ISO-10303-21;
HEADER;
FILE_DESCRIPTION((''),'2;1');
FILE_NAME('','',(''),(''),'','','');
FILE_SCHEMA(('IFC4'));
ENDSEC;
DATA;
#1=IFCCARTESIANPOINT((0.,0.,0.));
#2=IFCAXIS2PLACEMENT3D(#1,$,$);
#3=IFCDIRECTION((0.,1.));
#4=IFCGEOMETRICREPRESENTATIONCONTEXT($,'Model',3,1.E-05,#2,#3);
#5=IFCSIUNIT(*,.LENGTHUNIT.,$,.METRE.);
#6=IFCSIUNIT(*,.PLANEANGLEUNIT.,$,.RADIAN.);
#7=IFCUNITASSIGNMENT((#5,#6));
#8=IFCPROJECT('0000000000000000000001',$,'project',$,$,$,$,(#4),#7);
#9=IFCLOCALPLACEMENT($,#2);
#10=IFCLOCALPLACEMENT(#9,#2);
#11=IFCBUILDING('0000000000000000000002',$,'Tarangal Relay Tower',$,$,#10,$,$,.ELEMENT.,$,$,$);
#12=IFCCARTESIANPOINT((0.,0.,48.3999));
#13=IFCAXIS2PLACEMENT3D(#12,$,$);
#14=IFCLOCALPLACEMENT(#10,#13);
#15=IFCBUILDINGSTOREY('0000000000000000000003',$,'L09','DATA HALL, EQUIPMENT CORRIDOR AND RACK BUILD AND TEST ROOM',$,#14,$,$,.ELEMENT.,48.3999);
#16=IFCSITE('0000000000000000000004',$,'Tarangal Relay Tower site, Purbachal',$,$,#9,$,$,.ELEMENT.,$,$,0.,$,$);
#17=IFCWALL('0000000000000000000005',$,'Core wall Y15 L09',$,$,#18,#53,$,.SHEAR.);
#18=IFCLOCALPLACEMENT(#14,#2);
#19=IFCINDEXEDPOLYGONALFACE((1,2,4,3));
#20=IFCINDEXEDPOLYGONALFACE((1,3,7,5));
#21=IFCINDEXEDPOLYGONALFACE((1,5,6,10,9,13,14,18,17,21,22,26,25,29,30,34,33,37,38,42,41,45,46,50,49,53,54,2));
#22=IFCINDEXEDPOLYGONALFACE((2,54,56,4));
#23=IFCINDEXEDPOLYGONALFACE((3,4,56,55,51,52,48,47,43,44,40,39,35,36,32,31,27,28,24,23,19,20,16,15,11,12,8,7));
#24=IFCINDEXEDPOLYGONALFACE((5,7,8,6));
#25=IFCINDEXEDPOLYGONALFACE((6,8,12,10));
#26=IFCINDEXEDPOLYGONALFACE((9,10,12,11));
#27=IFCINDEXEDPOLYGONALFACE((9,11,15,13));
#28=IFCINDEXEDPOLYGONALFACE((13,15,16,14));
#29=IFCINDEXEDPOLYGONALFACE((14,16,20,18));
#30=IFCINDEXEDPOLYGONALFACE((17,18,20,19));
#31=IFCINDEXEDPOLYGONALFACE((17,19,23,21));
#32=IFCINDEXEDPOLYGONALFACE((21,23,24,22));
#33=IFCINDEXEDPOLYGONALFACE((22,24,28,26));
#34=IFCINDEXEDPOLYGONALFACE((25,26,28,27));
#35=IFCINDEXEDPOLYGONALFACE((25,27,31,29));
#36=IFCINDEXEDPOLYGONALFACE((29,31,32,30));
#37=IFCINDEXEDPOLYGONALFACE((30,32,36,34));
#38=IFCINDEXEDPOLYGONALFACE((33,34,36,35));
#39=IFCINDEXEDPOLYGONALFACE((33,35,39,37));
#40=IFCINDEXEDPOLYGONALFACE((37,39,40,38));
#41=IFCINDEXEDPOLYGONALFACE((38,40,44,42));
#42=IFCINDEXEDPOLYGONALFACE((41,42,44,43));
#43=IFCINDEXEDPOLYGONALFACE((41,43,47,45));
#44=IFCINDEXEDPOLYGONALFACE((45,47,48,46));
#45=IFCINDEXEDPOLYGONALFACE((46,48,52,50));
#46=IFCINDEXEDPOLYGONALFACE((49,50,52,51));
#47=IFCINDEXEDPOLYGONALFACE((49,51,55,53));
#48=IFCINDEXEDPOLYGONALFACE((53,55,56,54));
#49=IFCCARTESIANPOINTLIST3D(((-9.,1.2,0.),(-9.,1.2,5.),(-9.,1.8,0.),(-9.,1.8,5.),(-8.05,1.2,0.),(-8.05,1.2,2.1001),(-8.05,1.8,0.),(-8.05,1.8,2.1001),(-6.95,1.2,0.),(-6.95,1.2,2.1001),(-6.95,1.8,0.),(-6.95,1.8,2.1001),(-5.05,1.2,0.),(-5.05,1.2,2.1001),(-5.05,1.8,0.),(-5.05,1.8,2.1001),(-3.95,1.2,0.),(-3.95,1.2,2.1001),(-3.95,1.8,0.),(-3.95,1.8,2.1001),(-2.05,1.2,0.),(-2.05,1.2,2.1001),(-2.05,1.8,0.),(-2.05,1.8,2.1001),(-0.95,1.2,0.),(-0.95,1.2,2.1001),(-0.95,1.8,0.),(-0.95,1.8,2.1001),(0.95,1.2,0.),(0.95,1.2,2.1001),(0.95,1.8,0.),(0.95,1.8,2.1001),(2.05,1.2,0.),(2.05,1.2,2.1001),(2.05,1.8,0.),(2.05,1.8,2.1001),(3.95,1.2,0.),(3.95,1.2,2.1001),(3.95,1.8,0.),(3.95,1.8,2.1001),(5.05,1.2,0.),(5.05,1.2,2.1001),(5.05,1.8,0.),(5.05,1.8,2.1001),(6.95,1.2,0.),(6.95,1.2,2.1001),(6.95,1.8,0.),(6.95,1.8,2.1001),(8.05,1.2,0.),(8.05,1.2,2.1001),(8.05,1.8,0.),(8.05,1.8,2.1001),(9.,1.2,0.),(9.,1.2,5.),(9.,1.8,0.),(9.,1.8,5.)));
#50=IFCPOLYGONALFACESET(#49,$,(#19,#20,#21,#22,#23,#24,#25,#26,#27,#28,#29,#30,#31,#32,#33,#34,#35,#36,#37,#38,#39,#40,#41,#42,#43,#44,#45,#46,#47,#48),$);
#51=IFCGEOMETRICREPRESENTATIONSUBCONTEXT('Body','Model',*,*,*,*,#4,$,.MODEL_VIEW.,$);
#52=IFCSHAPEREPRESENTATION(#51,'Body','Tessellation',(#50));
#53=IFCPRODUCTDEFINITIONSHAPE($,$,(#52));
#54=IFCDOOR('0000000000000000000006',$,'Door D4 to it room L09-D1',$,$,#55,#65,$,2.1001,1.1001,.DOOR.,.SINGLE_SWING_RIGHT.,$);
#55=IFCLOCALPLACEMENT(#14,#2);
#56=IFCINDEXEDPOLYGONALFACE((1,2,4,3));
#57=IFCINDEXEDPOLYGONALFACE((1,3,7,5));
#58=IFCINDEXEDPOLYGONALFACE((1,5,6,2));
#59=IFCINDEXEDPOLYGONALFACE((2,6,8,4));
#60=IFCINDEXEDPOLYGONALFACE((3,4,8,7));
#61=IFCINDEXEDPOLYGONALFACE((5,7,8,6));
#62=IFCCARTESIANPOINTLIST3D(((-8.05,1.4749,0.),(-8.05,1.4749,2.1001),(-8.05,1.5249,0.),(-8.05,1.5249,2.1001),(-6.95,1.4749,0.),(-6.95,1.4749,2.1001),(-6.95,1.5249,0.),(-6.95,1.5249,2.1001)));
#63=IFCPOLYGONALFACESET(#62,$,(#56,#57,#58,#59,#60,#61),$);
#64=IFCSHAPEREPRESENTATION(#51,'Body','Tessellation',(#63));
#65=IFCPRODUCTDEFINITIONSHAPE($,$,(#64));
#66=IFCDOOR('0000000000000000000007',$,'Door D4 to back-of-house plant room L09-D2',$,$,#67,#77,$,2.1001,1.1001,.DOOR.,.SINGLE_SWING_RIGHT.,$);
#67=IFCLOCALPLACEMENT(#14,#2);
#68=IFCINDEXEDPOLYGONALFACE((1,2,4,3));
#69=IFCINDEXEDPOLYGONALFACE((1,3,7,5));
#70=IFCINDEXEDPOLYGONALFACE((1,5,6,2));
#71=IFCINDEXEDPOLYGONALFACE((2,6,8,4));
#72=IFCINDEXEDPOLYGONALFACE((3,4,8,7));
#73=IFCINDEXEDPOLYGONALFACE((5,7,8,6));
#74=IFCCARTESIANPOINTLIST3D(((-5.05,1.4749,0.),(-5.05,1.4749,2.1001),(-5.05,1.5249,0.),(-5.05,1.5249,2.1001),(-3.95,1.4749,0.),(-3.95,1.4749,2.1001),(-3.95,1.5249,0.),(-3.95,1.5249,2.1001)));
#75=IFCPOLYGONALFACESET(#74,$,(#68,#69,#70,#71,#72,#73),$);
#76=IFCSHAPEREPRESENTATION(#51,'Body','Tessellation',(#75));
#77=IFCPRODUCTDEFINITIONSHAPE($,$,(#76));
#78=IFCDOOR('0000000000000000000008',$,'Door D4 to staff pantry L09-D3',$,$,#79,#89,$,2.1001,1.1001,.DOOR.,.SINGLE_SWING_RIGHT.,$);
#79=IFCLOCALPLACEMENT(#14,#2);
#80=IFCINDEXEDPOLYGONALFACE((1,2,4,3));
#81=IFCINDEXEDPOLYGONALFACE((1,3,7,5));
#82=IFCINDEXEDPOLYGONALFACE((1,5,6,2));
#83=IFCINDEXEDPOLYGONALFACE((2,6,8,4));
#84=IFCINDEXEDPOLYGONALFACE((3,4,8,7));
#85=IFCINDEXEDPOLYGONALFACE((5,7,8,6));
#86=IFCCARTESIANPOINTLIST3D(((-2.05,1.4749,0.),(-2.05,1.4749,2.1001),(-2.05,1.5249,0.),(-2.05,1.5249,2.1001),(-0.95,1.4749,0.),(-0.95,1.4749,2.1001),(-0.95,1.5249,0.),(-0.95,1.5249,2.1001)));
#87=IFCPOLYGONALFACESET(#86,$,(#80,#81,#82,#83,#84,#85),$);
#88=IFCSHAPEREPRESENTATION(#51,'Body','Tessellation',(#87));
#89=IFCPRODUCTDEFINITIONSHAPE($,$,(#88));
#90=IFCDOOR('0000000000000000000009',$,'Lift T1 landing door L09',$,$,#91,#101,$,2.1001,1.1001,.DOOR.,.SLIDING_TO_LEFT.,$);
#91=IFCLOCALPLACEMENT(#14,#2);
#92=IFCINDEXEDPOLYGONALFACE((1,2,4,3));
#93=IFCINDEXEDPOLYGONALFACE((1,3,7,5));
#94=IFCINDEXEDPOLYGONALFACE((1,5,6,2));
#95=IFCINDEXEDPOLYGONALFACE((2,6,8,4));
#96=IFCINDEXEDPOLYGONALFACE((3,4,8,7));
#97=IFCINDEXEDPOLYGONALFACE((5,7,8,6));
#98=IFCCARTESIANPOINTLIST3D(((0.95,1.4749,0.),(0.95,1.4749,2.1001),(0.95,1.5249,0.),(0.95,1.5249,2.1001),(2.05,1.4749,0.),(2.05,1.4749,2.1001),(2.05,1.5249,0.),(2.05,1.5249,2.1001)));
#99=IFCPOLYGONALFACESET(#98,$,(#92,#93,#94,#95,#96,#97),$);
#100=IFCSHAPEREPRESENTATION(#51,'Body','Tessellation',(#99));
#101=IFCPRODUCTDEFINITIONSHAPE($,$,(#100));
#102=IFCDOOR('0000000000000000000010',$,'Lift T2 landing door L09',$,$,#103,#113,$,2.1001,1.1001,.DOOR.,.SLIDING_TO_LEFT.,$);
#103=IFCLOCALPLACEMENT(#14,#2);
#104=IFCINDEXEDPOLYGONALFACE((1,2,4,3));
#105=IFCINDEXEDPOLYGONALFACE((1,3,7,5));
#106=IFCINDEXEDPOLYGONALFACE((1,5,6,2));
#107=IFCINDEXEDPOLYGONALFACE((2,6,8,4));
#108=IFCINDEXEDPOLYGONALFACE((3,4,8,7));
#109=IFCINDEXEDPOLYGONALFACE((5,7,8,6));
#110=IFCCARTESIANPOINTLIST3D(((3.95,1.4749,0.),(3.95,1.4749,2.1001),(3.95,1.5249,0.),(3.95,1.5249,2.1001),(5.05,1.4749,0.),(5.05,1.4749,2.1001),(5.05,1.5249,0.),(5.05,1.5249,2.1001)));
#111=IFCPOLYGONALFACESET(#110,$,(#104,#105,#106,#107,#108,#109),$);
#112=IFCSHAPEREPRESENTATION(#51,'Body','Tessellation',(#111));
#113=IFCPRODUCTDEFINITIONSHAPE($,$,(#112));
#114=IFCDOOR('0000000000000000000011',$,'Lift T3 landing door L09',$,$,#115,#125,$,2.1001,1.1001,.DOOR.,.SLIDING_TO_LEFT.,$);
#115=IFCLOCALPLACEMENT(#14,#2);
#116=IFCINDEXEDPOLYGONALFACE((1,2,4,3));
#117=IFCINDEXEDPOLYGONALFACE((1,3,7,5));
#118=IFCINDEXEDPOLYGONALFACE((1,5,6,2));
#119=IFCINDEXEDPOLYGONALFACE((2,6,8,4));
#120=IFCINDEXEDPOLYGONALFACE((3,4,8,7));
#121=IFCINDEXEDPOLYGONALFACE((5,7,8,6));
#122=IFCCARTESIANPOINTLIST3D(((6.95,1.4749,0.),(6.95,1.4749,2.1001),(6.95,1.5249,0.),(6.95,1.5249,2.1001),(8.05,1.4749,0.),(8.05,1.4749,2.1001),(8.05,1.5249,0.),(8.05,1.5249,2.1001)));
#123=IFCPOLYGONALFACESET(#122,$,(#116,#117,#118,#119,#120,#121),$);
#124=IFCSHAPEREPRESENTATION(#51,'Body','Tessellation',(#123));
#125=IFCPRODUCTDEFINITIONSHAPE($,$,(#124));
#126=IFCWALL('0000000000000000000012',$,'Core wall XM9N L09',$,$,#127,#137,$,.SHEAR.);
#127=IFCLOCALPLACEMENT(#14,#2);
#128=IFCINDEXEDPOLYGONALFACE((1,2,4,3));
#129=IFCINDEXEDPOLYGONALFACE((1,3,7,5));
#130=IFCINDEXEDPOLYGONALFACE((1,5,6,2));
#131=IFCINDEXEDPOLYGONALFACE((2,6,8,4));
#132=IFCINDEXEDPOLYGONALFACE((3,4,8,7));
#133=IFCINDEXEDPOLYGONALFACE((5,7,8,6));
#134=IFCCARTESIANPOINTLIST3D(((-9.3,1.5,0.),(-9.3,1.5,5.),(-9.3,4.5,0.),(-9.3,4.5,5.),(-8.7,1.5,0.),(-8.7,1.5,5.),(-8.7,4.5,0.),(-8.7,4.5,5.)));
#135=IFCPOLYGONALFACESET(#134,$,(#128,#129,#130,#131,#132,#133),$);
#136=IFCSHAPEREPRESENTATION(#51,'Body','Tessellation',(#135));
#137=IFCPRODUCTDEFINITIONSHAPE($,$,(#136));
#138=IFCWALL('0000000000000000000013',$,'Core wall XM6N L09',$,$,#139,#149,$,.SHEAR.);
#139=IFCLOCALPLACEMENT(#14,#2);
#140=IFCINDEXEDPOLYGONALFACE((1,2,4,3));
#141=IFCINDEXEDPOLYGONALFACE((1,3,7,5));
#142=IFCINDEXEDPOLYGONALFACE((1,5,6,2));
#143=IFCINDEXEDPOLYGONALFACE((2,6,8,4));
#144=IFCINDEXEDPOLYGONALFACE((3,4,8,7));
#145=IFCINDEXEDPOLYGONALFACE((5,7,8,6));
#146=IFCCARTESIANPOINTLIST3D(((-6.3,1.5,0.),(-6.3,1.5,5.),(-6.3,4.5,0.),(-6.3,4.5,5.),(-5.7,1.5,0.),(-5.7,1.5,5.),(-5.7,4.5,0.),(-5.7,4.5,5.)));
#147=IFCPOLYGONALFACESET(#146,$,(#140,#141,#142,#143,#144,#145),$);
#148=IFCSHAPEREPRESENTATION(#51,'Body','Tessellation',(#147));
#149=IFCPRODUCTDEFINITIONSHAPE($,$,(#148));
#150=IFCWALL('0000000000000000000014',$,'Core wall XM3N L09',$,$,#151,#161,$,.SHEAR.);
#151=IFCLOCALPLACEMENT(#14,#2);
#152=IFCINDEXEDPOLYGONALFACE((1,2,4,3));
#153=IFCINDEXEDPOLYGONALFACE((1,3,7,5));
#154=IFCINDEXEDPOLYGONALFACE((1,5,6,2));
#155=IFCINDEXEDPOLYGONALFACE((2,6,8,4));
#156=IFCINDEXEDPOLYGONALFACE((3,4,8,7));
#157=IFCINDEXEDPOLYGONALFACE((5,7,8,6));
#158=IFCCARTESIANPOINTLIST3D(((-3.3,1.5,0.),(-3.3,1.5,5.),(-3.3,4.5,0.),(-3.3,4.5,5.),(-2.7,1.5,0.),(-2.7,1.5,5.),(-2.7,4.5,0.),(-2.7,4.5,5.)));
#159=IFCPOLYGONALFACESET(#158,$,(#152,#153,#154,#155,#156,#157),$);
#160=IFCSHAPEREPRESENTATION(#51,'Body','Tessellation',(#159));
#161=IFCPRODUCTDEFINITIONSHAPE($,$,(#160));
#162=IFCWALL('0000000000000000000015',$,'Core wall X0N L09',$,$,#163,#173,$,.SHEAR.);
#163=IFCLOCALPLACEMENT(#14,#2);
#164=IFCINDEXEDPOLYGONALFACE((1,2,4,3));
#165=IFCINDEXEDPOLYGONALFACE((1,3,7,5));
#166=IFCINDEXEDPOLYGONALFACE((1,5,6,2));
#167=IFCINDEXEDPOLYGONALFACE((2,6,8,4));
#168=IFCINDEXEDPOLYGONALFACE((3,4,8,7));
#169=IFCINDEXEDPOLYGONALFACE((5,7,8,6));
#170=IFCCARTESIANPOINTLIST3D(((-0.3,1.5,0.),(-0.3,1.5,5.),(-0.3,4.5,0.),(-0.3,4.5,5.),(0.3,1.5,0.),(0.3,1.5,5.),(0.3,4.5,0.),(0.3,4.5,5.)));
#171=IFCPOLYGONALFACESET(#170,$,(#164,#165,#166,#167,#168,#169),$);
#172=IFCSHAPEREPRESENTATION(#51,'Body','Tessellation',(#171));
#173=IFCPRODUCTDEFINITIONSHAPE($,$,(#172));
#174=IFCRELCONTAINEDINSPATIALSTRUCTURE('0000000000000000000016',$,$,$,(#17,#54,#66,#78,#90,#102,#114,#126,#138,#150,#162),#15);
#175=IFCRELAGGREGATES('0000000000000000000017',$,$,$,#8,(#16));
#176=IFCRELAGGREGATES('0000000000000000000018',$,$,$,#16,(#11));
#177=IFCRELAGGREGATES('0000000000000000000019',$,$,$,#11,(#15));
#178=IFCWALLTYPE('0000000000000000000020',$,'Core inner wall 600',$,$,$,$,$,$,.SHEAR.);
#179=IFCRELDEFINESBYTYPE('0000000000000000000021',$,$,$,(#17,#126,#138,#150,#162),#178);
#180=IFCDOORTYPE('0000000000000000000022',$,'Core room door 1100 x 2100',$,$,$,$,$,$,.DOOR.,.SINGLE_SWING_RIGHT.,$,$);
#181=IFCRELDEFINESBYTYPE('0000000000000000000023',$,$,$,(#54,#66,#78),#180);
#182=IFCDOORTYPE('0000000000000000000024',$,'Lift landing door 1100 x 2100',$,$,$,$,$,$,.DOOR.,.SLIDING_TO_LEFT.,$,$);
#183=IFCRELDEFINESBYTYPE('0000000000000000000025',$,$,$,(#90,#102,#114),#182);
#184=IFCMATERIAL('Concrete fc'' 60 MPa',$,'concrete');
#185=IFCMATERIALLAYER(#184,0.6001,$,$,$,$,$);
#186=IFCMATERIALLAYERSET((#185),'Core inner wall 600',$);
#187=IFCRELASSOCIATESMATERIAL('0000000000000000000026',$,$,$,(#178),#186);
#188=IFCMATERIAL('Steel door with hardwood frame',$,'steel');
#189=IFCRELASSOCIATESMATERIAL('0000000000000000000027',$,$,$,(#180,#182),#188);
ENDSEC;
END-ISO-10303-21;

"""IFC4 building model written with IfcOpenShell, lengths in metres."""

from ifc_helpers import new_model, si_unit, direction, frame, frame_2d, origin, place, context, subcontext, project, spatial, rectangle, extrude, material, layer, layer_set, type_object, element, fill, save


model = new_model("IFC4")

# Units and contexts
model_context = context("Model", 3, precision=1e-05, world=origin(), true_north=direction((0.0, 1.0)))
body_context = subcontext(model_context, "Body", "Model", "MODEL_VIEW")
ifc_project = project(units=[si_unit("LENGTHUNIT", "METRE"), si_unit("PLANEANGLEUNIT", "RADIAN")], contexts=[model_context])

# Site, building, storey
site_placement = place(None, origin())
site = spatial("IfcSite", under=ifc_project, at=site_placement, Name="Tarangal Relay Tower site, Purbachal", CompositionType="ELEMENT", RefElevation=0.0)
building_placement = place(site_placement, origin())
building = spatial("IfcBuilding", under=site, at=building_placement, Name="Tarangal Relay Tower", CompositionType="ELEMENT")
storey_placement = place(building_placement, frame((0.0, 0.0, 48.3999)))
storey = spatial("IfcBuildingStorey", under=building, at=storey_placement, Name="L09", Description="DATA HALL, EQUIPMENT CORRIDOR AND RACK BUILD AND TEST ROOM", CompositionType="ELEMENT", Elevation=48.3999)

# Wall, openings, doors
ifc_material_1 = material(Name="Concrete fc' 60 MPa", Category="concrete")
ifc_layer_1 = layer(ifc_material_1, 0.6001)
ifc_layer_set_1 = layer_set([ifc_layer_1], Name="Core inner wall 600")
wall_type = type_object("IfcWallType", Name="Core inner wall 600", PredefinedType="SHEAR", material=ifc_layer_set_1)
wall_1_placement = place(storey_placement, frame((-9.0, 1.5, 0.0), z_axis=(0.0, 0.0, 1.0), x_axis=(1.0, 0.0, 0.0)))
wall_1 = element("IfcWall", 1, at=wall_1_placement, inside=storey, type_object=wall_type, Name="Core wall Y15 L09", PredefinedType="SHEAR", context=body_context, shape_type="SweptSolid", body=[
    extrude(rectangle(XDim=18.0, YDim=0.6001, at=frame_2d((9.0, 0.0))), origin(), (0.0, 0.0, 1.0), 5.0),
])
opening_1_placement = place(wall_1_placement, frame((9.95, 0.0, 0.0)))
opening_1 = element("IfcOpeningElement", 2, at=opening_1_placement, cuts=wall_1, PredefinedType="OPENING", context=body_context, shape_type="SweptSolid", body=[
    extrude(rectangle(XDim=1.1001, YDim=2.1001, at=frame_2d((0.55, 1.05))), frame((0.0, 0.3101, 0.0), z_axis=(0.0, -1.0, 0.0), x_axis=(1.0, 0.0, 0.0)), (0.0, 0.0, 1.0), 0.6201),
])
opening_2_placement = place(wall_1_placement, frame((12.95, 0.0, 0.0)))
opening_2 = element("IfcOpeningElement", 3, at=opening_2_placement, cuts=wall_1, PredefinedType="OPENING", context=body_context, shape_type="SweptSolid", body=[
    extrude(rectangle(XDim=1.1001, YDim=2.1001, at=frame_2d((0.55, 1.05))), frame((0.0, 0.3101, 0.0), z_axis=(0.0, -1.0, 0.0), x_axis=(1.0, 0.0, 0.0)), (0.0, 0.0, 1.0), 0.6201),
])
opening_3_placement = place(wall_1_placement, frame((15.95, 0.0, 0.0)))
opening_3 = element("IfcOpeningElement", 4, at=opening_3_placement, cuts=wall_1, PredefinedType="OPENING", context=body_context, shape_type="SweptSolid", body=[
    extrude(rectangle(XDim=1.1001, YDim=2.1001, at=frame_2d((0.55, 1.05))), frame((0.0, 0.3101, 0.0), z_axis=(0.0, -1.0, 0.0), x_axis=(1.0, 0.0, 0.0)), (0.0, 0.0, 1.0), 0.6201),
])
opening_4_placement = place(wall_1_placement, frame((0.95, 0.0, 0.0)))
opening_4 = element("IfcOpeningElement", 5, at=opening_4_placement, cuts=wall_1, PredefinedType="OPENING", context=body_context, shape_type="SweptSolid", body=[
    extrude(rectangle(XDim=1.1001, YDim=2.1001, at=frame_2d((0.55, 1.05))), frame((0.0, 0.3101, 0.0), z_axis=(0.0, -1.0, 0.0), x_axis=(1.0, 0.0, 0.0)), (0.0, 0.0, 1.0), 0.6201),
])
opening_5_placement = place(wall_1_placement, frame((3.95, 0.0, 0.0)))
opening_5 = element("IfcOpeningElement", 6, at=opening_5_placement, cuts=wall_1, PredefinedType="OPENING", context=body_context, shape_type="SweptSolid", body=[
    extrude(rectangle(XDim=1.1001, YDim=2.1001, at=frame_2d((0.55, 1.05))), frame((0.0, 0.3101, 0.0), z_axis=(0.0, -1.0, 0.0), x_axis=(1.0, 0.0, 0.0)), (0.0, 0.0, 1.0), 0.6201),
])
opening_6_placement = place(wall_1_placement, frame((6.95, 0.0, 0.0)))
opening_6 = element("IfcOpeningElement", 7, at=opening_6_placement, cuts=wall_1, PredefinedType="OPENING", context=body_context, shape_type="SweptSolid", body=[
    extrude(rectangle(XDim=1.1001, YDim=2.1001, at=frame_2d((0.55, 1.05))), frame((0.0, 0.3101, 0.0), z_axis=(0.0, -1.0, 0.0), x_axis=(1.0, 0.0, 0.0)), (0.0, 0.0, 1.0), 0.6201),
])
ifc_material_2 = material(Name="Steel door with hardwood frame", Category="steel")
door_type_1 = type_object("IfcDoorType", Name="Core room door 1100 x 2100", OperationType="SINGLE_SWING_RIGHT", PredefinedType="DOOR", material=ifc_material_2)
door_1_placement = place(opening_4_placement, origin())
door_1 = element("IfcDoor", 8, at=door_1_placement, inside=storey, type_object=door_type_1, Name="Door D4 to it room L09-D1", OperationType="SINGLE_SWING_RIGHT", OverallHeight=2.1001, OverallWidth=1.1001, PredefinedType="DOOR", context=body_context, shape_type="SweptSolid", body=[
    extrude(rectangle(XDim=1.1001, YDim=2.1001, at=frame_2d((0.55, 1.05))), frame((0.0, 0.0249, 0.0), z_axis=(0.0, -1.0, 0.0), x_axis=(1.0, 0.0, 0.0)), (0.0, 0.0, 1.0), 0.05),
])
fill(opening_4, door_1)
door_2_placement = place(opening_5_placement, origin())
door_2 = element("IfcDoor", 9, at=door_2_placement, inside=storey, type_object=door_type_1, Name="Door D4 to back-of-house plant room L09-D2", OperationType="SINGLE_SWING_RIGHT", OverallHeight=2.1001, OverallWidth=1.1001, PredefinedType="DOOR", context=body_context, shape_type="SweptSolid", body=[
    extrude(rectangle(XDim=1.1001, YDim=2.1001, at=frame_2d((0.55, 1.05))), frame((0.0, 0.0249, 0.0), z_axis=(0.0, -1.0, 0.0), x_axis=(1.0, 0.0, 0.0)), (0.0, 0.0, 1.0), 0.05),
])
fill(opening_5, door_2)
door_3_placement = place(opening_6_placement, origin())
door_3 = element("IfcDoor", 10, at=door_3_placement, inside=storey, type_object=door_type_1, Name="Door D4 to staff pantry L09-D3", OperationType="SINGLE_SWING_RIGHT", OverallHeight=2.1001, OverallWidth=1.1001, PredefinedType="DOOR", context=body_context, shape_type="SweptSolid", body=[
    extrude(rectangle(XDim=1.1001, YDim=2.1001, at=frame_2d((0.55, 1.05))), frame((0.0, 0.0249, 0.0), z_axis=(0.0, -1.0, 0.0), x_axis=(1.0, 0.0, 0.0)), (0.0, 0.0, 1.0), 0.05),
])
fill(opening_6, door_3)
door_type_2 = type_object("IfcDoorType", Name="Lift landing door 1100 x 2100", OperationType="SLIDING_TO_LEFT", PredefinedType="DOOR", material=ifc_material_2)
door_4_placement = place(opening_1_placement, origin())
door_4 = element("IfcDoor", 11, at=door_4_placement, inside=storey, type_object=door_type_2, Name="Lift T1 landing door L09", OperationType="SLIDING_TO_LEFT", OverallHeight=2.1001, OverallWidth=1.1001, PredefinedType="DOOR", context=body_context, shape_type="SweptSolid", body=[
    extrude(rectangle(XDim=1.1001, YDim=2.1001, at=frame_2d((0.55, 1.05))), frame((0.0, 0.0249, 0.0), z_axis=(0.0, -1.0, 0.0), x_axis=(1.0, 0.0, 0.0)), (0.0, 0.0, 1.0), 0.05),
])
fill(opening_1, door_4)
door_5_placement = place(opening_2_placement, origin())
door_5 = element("IfcDoor", 12, at=door_5_placement, inside=storey, type_object=door_type_2, Name="Lift T2 landing door L09", OperationType="SLIDING_TO_LEFT", OverallHeight=2.1001, OverallWidth=1.1001, PredefinedType="DOOR", context=body_context, shape_type="SweptSolid", body=[
    extrude(rectangle(XDim=1.1001, YDim=2.1001, at=frame_2d((0.55, 1.05))), frame((0.0, 0.0249, 0.0), z_axis=(0.0, -1.0, 0.0), x_axis=(1.0, 0.0, 0.0)), (0.0, 0.0, 1.0), 0.05),
])
fill(opening_2, door_5)
door_6_placement = place(opening_3_placement, origin())
door_6 = element("IfcDoor", 13, at=door_6_placement, inside=storey, type_object=door_type_2, Name="Lift T3 landing door L09", OperationType="SLIDING_TO_LEFT", OverallHeight=2.1001, OverallWidth=1.1001, PredefinedType="DOOR", context=body_context, shape_type="SweptSolid", body=[
    extrude(rectangle(XDim=1.1001, YDim=2.1001, at=frame_2d((0.55, 1.05))), frame((0.0, 0.0249, 0.0), z_axis=(0.0, -1.0, 0.0), x_axis=(1.0, 0.0, 0.0)), (0.0, 0.0, 1.0), 0.05),
])
fill(opening_3, door_6)

# Walls
for number, where, z_axis, x_axis, name in (
    (14, (-9.0, 1.5, 0.0), (0.0, 0.0, 1.0), (0.0, 1.0, 0.0), "Core wall XM9N L09"),
    (15, (-6.0, 1.5, 0.0), (0.0, 0.0, 1.0), (0.0, 1.0, 0.0), "Core wall XM6N L09"),
    (16, (-3.0, 1.5, 0.0), (0.0, 0.0, 1.0), (0.0, 1.0, 0.0), "Core wall XM3N L09"),
    (17, (0.0, 1.5, 0.0), (0.0, 0.0, 1.0), (0.0, 1.0, 0.0), "Core wall X0N L09"),
):
    element("IfcWall", number, at=place(storey_placement, frame(where, z_axis=z_axis, x_axis=x_axis)), inside=storey, type_object=wall_type, Name=name, PredefinedType="SHEAR", context=body_context, shape_type="SweptSolid", body=[
        extrude(rectangle(XDim=3.0, YDim=0.6001, at=frame_2d((1.5, 0.0))), origin(), (0.0, 0.0, 1.0), 5.0),
    ])

save(model, "model.ifc")
